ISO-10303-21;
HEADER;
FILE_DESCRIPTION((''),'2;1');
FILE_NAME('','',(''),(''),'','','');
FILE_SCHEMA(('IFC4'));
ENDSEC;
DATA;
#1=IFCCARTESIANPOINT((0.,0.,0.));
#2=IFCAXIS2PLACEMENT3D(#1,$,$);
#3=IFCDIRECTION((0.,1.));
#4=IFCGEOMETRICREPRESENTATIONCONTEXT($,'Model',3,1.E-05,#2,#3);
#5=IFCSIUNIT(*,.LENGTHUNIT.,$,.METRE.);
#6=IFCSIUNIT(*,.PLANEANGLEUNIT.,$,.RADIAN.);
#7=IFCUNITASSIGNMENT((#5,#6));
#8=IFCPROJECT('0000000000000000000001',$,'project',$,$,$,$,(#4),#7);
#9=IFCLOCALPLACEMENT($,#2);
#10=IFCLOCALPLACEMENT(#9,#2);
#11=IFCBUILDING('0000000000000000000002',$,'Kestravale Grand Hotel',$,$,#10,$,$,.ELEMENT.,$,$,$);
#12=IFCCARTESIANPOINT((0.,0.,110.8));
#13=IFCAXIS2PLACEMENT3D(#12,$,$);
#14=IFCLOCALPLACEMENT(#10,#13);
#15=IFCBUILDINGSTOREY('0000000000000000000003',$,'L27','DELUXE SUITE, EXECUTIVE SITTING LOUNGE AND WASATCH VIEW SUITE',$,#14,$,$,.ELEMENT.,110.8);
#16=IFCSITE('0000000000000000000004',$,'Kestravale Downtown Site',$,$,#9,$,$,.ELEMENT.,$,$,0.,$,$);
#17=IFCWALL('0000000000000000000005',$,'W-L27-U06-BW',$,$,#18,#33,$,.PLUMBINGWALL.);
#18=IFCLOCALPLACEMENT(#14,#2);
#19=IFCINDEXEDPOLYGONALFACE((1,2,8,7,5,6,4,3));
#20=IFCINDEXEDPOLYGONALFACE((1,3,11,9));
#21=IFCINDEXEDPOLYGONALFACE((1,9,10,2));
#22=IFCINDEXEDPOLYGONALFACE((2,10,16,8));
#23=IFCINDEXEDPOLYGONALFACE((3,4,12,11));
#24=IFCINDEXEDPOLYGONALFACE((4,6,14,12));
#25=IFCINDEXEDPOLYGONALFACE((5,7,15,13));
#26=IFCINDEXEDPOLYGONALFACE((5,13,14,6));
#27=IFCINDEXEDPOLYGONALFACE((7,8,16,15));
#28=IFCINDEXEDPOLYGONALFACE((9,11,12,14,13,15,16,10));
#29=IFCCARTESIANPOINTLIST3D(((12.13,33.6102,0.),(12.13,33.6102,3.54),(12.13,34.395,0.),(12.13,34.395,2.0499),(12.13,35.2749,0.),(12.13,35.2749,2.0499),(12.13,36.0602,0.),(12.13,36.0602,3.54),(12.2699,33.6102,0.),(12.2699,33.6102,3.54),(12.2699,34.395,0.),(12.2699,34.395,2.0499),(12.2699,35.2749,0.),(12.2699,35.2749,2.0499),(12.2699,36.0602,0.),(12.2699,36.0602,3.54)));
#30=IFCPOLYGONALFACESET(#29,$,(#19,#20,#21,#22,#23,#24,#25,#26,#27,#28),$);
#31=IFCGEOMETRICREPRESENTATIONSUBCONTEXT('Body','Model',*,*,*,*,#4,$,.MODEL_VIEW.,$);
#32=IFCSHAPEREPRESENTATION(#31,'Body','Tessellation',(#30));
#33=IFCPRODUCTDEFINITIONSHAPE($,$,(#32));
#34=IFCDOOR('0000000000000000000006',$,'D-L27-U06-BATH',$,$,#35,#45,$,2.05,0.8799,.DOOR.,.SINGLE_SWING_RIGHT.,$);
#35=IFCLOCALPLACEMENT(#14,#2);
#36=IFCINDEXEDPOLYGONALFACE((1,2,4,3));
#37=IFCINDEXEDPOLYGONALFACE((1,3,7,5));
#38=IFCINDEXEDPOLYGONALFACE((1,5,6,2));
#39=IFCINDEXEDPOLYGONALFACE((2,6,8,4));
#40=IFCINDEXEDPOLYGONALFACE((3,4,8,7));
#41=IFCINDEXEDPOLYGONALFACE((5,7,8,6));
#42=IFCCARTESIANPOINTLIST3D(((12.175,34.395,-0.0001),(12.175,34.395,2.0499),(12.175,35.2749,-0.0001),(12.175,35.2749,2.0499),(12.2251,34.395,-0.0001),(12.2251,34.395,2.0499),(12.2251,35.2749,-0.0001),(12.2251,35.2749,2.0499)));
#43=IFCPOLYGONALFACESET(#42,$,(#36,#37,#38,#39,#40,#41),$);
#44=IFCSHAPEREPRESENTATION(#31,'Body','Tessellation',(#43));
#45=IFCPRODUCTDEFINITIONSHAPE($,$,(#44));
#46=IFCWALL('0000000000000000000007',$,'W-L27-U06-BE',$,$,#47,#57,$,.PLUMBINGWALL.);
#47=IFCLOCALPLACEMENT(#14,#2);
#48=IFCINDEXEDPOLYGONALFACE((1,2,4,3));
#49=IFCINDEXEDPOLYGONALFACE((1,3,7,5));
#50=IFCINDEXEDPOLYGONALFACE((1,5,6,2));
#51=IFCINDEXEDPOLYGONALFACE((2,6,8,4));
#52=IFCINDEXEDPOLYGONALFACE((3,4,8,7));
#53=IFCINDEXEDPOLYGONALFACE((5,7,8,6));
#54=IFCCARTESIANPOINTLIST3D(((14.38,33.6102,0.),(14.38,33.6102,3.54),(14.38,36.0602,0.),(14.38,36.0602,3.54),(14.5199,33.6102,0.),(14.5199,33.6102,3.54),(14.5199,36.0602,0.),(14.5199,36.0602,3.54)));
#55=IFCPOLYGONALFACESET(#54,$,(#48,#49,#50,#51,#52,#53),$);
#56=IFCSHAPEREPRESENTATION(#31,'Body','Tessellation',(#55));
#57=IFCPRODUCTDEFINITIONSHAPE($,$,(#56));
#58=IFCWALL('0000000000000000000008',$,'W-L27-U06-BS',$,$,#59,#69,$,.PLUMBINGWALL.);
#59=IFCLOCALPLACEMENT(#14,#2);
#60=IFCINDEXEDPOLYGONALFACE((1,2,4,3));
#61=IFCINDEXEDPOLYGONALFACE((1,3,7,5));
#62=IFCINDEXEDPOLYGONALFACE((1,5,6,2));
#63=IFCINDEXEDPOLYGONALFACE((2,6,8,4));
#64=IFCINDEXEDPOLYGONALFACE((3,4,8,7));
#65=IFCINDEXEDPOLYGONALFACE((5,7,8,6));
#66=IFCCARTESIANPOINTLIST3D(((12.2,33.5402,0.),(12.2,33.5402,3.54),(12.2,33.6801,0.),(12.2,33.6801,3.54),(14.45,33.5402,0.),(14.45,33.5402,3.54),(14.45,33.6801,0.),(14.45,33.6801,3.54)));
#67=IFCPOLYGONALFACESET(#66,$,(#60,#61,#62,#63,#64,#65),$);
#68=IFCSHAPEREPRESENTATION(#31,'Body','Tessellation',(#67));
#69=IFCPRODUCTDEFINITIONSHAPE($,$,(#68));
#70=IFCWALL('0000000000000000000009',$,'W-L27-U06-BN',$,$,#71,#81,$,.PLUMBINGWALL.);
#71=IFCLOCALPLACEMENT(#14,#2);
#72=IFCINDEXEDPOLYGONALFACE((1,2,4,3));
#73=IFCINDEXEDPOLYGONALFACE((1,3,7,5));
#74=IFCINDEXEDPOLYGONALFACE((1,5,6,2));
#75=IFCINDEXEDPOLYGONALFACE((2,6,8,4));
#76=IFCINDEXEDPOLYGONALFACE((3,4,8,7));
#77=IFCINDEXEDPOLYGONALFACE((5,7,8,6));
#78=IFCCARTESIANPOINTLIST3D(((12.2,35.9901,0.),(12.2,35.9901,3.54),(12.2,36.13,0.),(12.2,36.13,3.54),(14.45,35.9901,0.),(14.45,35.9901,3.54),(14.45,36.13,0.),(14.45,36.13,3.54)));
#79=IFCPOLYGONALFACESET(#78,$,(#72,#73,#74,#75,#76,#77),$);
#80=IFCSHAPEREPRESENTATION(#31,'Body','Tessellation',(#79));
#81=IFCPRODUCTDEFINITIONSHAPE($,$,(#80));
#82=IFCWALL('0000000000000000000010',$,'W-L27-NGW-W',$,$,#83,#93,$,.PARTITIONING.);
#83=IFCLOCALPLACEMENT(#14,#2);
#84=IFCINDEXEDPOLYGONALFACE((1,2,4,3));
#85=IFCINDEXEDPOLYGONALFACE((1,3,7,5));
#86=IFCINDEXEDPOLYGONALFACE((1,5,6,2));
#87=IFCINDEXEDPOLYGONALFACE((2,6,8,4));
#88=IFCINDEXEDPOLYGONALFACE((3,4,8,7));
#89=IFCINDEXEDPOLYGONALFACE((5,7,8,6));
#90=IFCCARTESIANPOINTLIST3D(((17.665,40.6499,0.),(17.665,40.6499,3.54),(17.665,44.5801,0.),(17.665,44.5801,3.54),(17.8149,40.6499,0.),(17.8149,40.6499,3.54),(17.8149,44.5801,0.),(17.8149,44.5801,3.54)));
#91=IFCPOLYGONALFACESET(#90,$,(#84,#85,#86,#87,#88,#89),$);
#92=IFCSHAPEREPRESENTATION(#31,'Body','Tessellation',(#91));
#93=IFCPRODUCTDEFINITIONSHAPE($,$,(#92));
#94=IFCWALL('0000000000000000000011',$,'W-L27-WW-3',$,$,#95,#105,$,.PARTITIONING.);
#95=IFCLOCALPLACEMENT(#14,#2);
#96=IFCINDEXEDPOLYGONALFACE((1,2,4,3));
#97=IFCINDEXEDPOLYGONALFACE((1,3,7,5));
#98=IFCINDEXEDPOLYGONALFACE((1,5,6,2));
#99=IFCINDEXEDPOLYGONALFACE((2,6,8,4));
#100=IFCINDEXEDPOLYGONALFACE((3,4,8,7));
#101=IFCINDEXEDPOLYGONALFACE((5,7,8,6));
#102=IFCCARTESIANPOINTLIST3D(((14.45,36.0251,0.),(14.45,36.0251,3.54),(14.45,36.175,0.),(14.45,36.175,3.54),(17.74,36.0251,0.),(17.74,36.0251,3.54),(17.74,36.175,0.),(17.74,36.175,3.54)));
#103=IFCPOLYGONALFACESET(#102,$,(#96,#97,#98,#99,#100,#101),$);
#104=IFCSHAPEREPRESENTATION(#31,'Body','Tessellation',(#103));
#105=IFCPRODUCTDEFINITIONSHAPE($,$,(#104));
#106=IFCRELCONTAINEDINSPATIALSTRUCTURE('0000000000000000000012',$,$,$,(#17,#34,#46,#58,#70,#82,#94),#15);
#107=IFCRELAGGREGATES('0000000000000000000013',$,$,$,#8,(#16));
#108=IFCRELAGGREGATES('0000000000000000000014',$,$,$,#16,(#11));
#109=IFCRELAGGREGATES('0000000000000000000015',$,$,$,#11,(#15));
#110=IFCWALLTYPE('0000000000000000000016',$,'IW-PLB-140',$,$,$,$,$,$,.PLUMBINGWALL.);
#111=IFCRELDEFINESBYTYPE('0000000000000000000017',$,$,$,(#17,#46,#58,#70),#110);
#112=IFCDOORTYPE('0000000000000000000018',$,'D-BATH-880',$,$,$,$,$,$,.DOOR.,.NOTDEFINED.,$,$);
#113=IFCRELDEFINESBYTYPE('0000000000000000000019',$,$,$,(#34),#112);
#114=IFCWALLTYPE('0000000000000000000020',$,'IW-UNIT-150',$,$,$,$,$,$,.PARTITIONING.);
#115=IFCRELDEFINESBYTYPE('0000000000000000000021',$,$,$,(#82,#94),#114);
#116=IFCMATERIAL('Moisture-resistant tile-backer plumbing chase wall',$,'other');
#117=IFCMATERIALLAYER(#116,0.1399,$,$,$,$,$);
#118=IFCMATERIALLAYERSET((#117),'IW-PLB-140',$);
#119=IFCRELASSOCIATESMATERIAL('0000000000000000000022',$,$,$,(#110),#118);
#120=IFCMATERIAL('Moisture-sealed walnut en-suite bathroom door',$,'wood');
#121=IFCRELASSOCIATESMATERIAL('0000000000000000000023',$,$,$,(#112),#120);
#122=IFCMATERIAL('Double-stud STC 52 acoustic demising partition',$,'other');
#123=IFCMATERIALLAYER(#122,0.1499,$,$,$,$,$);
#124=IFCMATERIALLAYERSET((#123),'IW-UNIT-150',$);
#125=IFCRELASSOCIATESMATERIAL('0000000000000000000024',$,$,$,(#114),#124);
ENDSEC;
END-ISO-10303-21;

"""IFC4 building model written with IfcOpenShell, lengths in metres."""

from ifc_helpers import new_model, si_unit, direction, frame, frame_2d, origin, place, context, subcontext, project, spatial, rectangle, extrude, material, layer, layer_set, type_object, element, fill, save


model = new_model("IFC4")

# Units and contexts
model_context = context("Model", 3, precision=1e-05, world=origin(), true_north=direction((0.0, 1.0)))
body_context = subcontext(model_context, "Body", "Model", "MODEL_VIEW")
ifc_project = project(units=[si_unit("LENGTHUNIT", "METRE"), si_unit("PLANEANGLEUNIT", "RADIAN")], contexts=[model_context])

# Site, building, storey
site_placement = place(None, origin())
site = spatial("IfcSite", under=ifc_project, at=site_placement, Name="Kestravale Downtown Site", CompositionType="ELEMENT", RefElevation=0.0)
building_placement = place(site_placement, origin())
building = spatial("IfcBuilding", under=site, at=building_placement, Name="Kestravale Grand Hotel", CompositionType="ELEMENT")
storey_placement = place(building_placement, frame((0.0, 0.0, 110.8)))
storey = spatial("IfcBuildingStorey", under=building, at=storey_placement, Name="L27", Description="DELUXE SUITE, EXECUTIVE SITTING LOUNGE AND WASATCH VIEW SUITE", CompositionType="ELEMENT", Elevation=110.8)

# Wall, opening, door
ifc_material_1 = material(Name="Moisture-resistant tile-backer plumbing chase wall", Category="other")
ifc_layer_1 = layer(ifc_material_1, 0.1399)
ifc_layer_set_1 = layer_set([ifc_layer_1], Name="IW-PLB-140")
wall_type_1 = type_object("IfcWallType", Name="IW-PLB-140", PredefinedType="PLUMBINGWALL", material=ifc_layer_set_1)
wall_1_placement = place(storey_placement, frame((12.2, 33.6101, 0.0), z_axis=(0.0, 0.0, 1.0), x_axis=(0.0, 1.0, 0.0)))
wall_1 = element("IfcWall", 1, at=wall_1_placement, inside=storey, type_object=wall_type_1, Name="W-L27-U06-BW", PredefinedType="PLUMBINGWALL", context=body_context, shape_type="SweptSolid", body=[
    extrude(rectangle(XDim=2.45, YDim=0.1399, at=frame_2d((1.2251, 0.0))), origin(), (0.0, 0.0, 1.0), 3.54),
])
opening_1_placement = place(wall_1_placement, frame((0.7849, 0.0, 0.0)))
opening_1 = element("IfcOpeningElement", 2, at=opening_1_placement, cuts=wall_1, PredefinedType="OPENING", context=body_context, shape_type="SweptSolid", body=[
    extrude(rectangle(XDim=0.8799, YDim=2.05, at=frame_2d((0.4399, 1.0249))), frame((0.0, 0.0798, 0.0), z_axis=(0.0, -1.0, 0.0), x_axis=(1.0, 0.0, 0.0)), (0.0, 0.0, 1.0), 0.1599),
])
ifc_material_2 = material(Name="Moisture-sealed walnut en-suite bathroom door", Category="wood")
door_type_1 = type_object("IfcDoorType", Name="D-BATH-880", OperationType="NOTDEFINED", PredefinedType="DOOR", material=ifc_material_2)
door_1_placement = place(opening_1_placement, origin())
door_1 = element("IfcDoor", 3, at=door_1_placement, inside=storey, type_object=door_type_1, Name="D-L27-U06-BATH", OperationType="SINGLE_SWING_RIGHT", OverallHeight=2.05, OverallWidth=0.8799, PredefinedType="DOOR", context=body_context, shape_type="SweptSolid", body=[
    extrude(rectangle(XDim=0.8799, YDim=2.05, at=frame_2d((0.4399, 1.0249))), frame((0.0, 0.0249, 0.0), z_axis=(0.0, -1.0, 0.0), x_axis=(1.0, 0.0, 0.0)), (0.0, 0.0, 1.0), 0.05),
])
fill(opening_1, door_1)

# Walls
wall_2_placement = place(storey_placement, frame((14.45, 33.6101, 0.0), z_axis=(0.0, 0.0, 1.0), x_axis=(0.0, 1.0, 0.0)))
element("IfcWall", 4, at=wall_2_placement, inside=storey, type_object=wall_type_1, Name="W-L27-U06-BE", PredefinedType="PLUMBINGWALL", context=body_context, shape_type="SweptSolid", body=[
    extrude(rectangle(XDim=2.45, YDim=0.1399, at=frame_2d((1.2251, 0.0))), origin(), (0.0, 0.0, 1.0), 3.54),
])
for number, where, z_axis, x_axis, name in (
    (5, (12.2, 33.6101, 0.0), (0.0, 0.0, 1.0), (1.0, 0.0, 0.0), "W-L27-U06-BS"),
    (6, (12.2, 36.0601, 0.0), (0.0, 0.0, 1.0), (1.0, 0.0, 0.0), "W-L27-U06-BN"),
):
    element("IfcWall", number, at=place(storey_placement, frame(where, z_axis=z_axis, x_axis=x_axis)), inside=storey, type_object=wall_type_1, Name=name, PredefinedType="PLUMBINGWALL", context=body_context, shape_type="SweptSolid", body=[
        extrude(rectangle(XDim=2.25, YDim=0.1399, at=frame_2d((1.125, 0.0))), origin(), (0.0, 0.0, 1.0), 3.54),
    ])

# Shared definitions
ifc_material_3 = material(Name="Double-stud STC 52 acoustic demising partition", Category="other")
ifc_layer_2 = layer(ifc_material_3, 0.1499)
ifc_layer_set_2 = layer_set([ifc_layer_2], Name="IW-UNIT-150")
wall_type_2 = type_object("IfcWallType", Name="IW-UNIT-150", PredefinedType="PARTITIONING", material=ifc_layer_set_2)

# Walls
wall_3_placement = place(storey_placement, frame((17.74, 40.6499, 0.0), z_axis=(0.0, 0.0, 1.0), x_axis=(0.0, 1.0, 0.0)))
element("IfcWall", 7, at=wall_3_placement, inside=storey, type_object=wall_type_2, Name="W-L27-NGW-W", PredefinedType="PARTITIONING", context=body_context, shape_type="SweptSolid", body=[
    extrude(rectangle(XDim=3.9302, YDim=0.1499, at=frame_2d((1.9651, 0.0))), origin(), (0.0, 0.0, 1.0), 3.54),
])
wall_4_placement = place(storey_placement, frame((14.45, 36.1001, 0.0), z_axis=(0.0, 0.0, 1.0), x_axis=(1.0, 0.0, 0.0)))
element("IfcWall", 8, at=wall_4_placement, inside=storey, type_object=wall_type_2, Name="W-L27-WW-3", PredefinedType="PARTITIONING", context=body_context, shape_type="SweptSolid", body=[
    extrude(rectangle(XDim=3.29, YDim=0.1499, at=frame_2d((1.645, 0.0))), origin(), (0.0, 0.0, 1.0), 3.54),
])

save(model, "model.ifc")
